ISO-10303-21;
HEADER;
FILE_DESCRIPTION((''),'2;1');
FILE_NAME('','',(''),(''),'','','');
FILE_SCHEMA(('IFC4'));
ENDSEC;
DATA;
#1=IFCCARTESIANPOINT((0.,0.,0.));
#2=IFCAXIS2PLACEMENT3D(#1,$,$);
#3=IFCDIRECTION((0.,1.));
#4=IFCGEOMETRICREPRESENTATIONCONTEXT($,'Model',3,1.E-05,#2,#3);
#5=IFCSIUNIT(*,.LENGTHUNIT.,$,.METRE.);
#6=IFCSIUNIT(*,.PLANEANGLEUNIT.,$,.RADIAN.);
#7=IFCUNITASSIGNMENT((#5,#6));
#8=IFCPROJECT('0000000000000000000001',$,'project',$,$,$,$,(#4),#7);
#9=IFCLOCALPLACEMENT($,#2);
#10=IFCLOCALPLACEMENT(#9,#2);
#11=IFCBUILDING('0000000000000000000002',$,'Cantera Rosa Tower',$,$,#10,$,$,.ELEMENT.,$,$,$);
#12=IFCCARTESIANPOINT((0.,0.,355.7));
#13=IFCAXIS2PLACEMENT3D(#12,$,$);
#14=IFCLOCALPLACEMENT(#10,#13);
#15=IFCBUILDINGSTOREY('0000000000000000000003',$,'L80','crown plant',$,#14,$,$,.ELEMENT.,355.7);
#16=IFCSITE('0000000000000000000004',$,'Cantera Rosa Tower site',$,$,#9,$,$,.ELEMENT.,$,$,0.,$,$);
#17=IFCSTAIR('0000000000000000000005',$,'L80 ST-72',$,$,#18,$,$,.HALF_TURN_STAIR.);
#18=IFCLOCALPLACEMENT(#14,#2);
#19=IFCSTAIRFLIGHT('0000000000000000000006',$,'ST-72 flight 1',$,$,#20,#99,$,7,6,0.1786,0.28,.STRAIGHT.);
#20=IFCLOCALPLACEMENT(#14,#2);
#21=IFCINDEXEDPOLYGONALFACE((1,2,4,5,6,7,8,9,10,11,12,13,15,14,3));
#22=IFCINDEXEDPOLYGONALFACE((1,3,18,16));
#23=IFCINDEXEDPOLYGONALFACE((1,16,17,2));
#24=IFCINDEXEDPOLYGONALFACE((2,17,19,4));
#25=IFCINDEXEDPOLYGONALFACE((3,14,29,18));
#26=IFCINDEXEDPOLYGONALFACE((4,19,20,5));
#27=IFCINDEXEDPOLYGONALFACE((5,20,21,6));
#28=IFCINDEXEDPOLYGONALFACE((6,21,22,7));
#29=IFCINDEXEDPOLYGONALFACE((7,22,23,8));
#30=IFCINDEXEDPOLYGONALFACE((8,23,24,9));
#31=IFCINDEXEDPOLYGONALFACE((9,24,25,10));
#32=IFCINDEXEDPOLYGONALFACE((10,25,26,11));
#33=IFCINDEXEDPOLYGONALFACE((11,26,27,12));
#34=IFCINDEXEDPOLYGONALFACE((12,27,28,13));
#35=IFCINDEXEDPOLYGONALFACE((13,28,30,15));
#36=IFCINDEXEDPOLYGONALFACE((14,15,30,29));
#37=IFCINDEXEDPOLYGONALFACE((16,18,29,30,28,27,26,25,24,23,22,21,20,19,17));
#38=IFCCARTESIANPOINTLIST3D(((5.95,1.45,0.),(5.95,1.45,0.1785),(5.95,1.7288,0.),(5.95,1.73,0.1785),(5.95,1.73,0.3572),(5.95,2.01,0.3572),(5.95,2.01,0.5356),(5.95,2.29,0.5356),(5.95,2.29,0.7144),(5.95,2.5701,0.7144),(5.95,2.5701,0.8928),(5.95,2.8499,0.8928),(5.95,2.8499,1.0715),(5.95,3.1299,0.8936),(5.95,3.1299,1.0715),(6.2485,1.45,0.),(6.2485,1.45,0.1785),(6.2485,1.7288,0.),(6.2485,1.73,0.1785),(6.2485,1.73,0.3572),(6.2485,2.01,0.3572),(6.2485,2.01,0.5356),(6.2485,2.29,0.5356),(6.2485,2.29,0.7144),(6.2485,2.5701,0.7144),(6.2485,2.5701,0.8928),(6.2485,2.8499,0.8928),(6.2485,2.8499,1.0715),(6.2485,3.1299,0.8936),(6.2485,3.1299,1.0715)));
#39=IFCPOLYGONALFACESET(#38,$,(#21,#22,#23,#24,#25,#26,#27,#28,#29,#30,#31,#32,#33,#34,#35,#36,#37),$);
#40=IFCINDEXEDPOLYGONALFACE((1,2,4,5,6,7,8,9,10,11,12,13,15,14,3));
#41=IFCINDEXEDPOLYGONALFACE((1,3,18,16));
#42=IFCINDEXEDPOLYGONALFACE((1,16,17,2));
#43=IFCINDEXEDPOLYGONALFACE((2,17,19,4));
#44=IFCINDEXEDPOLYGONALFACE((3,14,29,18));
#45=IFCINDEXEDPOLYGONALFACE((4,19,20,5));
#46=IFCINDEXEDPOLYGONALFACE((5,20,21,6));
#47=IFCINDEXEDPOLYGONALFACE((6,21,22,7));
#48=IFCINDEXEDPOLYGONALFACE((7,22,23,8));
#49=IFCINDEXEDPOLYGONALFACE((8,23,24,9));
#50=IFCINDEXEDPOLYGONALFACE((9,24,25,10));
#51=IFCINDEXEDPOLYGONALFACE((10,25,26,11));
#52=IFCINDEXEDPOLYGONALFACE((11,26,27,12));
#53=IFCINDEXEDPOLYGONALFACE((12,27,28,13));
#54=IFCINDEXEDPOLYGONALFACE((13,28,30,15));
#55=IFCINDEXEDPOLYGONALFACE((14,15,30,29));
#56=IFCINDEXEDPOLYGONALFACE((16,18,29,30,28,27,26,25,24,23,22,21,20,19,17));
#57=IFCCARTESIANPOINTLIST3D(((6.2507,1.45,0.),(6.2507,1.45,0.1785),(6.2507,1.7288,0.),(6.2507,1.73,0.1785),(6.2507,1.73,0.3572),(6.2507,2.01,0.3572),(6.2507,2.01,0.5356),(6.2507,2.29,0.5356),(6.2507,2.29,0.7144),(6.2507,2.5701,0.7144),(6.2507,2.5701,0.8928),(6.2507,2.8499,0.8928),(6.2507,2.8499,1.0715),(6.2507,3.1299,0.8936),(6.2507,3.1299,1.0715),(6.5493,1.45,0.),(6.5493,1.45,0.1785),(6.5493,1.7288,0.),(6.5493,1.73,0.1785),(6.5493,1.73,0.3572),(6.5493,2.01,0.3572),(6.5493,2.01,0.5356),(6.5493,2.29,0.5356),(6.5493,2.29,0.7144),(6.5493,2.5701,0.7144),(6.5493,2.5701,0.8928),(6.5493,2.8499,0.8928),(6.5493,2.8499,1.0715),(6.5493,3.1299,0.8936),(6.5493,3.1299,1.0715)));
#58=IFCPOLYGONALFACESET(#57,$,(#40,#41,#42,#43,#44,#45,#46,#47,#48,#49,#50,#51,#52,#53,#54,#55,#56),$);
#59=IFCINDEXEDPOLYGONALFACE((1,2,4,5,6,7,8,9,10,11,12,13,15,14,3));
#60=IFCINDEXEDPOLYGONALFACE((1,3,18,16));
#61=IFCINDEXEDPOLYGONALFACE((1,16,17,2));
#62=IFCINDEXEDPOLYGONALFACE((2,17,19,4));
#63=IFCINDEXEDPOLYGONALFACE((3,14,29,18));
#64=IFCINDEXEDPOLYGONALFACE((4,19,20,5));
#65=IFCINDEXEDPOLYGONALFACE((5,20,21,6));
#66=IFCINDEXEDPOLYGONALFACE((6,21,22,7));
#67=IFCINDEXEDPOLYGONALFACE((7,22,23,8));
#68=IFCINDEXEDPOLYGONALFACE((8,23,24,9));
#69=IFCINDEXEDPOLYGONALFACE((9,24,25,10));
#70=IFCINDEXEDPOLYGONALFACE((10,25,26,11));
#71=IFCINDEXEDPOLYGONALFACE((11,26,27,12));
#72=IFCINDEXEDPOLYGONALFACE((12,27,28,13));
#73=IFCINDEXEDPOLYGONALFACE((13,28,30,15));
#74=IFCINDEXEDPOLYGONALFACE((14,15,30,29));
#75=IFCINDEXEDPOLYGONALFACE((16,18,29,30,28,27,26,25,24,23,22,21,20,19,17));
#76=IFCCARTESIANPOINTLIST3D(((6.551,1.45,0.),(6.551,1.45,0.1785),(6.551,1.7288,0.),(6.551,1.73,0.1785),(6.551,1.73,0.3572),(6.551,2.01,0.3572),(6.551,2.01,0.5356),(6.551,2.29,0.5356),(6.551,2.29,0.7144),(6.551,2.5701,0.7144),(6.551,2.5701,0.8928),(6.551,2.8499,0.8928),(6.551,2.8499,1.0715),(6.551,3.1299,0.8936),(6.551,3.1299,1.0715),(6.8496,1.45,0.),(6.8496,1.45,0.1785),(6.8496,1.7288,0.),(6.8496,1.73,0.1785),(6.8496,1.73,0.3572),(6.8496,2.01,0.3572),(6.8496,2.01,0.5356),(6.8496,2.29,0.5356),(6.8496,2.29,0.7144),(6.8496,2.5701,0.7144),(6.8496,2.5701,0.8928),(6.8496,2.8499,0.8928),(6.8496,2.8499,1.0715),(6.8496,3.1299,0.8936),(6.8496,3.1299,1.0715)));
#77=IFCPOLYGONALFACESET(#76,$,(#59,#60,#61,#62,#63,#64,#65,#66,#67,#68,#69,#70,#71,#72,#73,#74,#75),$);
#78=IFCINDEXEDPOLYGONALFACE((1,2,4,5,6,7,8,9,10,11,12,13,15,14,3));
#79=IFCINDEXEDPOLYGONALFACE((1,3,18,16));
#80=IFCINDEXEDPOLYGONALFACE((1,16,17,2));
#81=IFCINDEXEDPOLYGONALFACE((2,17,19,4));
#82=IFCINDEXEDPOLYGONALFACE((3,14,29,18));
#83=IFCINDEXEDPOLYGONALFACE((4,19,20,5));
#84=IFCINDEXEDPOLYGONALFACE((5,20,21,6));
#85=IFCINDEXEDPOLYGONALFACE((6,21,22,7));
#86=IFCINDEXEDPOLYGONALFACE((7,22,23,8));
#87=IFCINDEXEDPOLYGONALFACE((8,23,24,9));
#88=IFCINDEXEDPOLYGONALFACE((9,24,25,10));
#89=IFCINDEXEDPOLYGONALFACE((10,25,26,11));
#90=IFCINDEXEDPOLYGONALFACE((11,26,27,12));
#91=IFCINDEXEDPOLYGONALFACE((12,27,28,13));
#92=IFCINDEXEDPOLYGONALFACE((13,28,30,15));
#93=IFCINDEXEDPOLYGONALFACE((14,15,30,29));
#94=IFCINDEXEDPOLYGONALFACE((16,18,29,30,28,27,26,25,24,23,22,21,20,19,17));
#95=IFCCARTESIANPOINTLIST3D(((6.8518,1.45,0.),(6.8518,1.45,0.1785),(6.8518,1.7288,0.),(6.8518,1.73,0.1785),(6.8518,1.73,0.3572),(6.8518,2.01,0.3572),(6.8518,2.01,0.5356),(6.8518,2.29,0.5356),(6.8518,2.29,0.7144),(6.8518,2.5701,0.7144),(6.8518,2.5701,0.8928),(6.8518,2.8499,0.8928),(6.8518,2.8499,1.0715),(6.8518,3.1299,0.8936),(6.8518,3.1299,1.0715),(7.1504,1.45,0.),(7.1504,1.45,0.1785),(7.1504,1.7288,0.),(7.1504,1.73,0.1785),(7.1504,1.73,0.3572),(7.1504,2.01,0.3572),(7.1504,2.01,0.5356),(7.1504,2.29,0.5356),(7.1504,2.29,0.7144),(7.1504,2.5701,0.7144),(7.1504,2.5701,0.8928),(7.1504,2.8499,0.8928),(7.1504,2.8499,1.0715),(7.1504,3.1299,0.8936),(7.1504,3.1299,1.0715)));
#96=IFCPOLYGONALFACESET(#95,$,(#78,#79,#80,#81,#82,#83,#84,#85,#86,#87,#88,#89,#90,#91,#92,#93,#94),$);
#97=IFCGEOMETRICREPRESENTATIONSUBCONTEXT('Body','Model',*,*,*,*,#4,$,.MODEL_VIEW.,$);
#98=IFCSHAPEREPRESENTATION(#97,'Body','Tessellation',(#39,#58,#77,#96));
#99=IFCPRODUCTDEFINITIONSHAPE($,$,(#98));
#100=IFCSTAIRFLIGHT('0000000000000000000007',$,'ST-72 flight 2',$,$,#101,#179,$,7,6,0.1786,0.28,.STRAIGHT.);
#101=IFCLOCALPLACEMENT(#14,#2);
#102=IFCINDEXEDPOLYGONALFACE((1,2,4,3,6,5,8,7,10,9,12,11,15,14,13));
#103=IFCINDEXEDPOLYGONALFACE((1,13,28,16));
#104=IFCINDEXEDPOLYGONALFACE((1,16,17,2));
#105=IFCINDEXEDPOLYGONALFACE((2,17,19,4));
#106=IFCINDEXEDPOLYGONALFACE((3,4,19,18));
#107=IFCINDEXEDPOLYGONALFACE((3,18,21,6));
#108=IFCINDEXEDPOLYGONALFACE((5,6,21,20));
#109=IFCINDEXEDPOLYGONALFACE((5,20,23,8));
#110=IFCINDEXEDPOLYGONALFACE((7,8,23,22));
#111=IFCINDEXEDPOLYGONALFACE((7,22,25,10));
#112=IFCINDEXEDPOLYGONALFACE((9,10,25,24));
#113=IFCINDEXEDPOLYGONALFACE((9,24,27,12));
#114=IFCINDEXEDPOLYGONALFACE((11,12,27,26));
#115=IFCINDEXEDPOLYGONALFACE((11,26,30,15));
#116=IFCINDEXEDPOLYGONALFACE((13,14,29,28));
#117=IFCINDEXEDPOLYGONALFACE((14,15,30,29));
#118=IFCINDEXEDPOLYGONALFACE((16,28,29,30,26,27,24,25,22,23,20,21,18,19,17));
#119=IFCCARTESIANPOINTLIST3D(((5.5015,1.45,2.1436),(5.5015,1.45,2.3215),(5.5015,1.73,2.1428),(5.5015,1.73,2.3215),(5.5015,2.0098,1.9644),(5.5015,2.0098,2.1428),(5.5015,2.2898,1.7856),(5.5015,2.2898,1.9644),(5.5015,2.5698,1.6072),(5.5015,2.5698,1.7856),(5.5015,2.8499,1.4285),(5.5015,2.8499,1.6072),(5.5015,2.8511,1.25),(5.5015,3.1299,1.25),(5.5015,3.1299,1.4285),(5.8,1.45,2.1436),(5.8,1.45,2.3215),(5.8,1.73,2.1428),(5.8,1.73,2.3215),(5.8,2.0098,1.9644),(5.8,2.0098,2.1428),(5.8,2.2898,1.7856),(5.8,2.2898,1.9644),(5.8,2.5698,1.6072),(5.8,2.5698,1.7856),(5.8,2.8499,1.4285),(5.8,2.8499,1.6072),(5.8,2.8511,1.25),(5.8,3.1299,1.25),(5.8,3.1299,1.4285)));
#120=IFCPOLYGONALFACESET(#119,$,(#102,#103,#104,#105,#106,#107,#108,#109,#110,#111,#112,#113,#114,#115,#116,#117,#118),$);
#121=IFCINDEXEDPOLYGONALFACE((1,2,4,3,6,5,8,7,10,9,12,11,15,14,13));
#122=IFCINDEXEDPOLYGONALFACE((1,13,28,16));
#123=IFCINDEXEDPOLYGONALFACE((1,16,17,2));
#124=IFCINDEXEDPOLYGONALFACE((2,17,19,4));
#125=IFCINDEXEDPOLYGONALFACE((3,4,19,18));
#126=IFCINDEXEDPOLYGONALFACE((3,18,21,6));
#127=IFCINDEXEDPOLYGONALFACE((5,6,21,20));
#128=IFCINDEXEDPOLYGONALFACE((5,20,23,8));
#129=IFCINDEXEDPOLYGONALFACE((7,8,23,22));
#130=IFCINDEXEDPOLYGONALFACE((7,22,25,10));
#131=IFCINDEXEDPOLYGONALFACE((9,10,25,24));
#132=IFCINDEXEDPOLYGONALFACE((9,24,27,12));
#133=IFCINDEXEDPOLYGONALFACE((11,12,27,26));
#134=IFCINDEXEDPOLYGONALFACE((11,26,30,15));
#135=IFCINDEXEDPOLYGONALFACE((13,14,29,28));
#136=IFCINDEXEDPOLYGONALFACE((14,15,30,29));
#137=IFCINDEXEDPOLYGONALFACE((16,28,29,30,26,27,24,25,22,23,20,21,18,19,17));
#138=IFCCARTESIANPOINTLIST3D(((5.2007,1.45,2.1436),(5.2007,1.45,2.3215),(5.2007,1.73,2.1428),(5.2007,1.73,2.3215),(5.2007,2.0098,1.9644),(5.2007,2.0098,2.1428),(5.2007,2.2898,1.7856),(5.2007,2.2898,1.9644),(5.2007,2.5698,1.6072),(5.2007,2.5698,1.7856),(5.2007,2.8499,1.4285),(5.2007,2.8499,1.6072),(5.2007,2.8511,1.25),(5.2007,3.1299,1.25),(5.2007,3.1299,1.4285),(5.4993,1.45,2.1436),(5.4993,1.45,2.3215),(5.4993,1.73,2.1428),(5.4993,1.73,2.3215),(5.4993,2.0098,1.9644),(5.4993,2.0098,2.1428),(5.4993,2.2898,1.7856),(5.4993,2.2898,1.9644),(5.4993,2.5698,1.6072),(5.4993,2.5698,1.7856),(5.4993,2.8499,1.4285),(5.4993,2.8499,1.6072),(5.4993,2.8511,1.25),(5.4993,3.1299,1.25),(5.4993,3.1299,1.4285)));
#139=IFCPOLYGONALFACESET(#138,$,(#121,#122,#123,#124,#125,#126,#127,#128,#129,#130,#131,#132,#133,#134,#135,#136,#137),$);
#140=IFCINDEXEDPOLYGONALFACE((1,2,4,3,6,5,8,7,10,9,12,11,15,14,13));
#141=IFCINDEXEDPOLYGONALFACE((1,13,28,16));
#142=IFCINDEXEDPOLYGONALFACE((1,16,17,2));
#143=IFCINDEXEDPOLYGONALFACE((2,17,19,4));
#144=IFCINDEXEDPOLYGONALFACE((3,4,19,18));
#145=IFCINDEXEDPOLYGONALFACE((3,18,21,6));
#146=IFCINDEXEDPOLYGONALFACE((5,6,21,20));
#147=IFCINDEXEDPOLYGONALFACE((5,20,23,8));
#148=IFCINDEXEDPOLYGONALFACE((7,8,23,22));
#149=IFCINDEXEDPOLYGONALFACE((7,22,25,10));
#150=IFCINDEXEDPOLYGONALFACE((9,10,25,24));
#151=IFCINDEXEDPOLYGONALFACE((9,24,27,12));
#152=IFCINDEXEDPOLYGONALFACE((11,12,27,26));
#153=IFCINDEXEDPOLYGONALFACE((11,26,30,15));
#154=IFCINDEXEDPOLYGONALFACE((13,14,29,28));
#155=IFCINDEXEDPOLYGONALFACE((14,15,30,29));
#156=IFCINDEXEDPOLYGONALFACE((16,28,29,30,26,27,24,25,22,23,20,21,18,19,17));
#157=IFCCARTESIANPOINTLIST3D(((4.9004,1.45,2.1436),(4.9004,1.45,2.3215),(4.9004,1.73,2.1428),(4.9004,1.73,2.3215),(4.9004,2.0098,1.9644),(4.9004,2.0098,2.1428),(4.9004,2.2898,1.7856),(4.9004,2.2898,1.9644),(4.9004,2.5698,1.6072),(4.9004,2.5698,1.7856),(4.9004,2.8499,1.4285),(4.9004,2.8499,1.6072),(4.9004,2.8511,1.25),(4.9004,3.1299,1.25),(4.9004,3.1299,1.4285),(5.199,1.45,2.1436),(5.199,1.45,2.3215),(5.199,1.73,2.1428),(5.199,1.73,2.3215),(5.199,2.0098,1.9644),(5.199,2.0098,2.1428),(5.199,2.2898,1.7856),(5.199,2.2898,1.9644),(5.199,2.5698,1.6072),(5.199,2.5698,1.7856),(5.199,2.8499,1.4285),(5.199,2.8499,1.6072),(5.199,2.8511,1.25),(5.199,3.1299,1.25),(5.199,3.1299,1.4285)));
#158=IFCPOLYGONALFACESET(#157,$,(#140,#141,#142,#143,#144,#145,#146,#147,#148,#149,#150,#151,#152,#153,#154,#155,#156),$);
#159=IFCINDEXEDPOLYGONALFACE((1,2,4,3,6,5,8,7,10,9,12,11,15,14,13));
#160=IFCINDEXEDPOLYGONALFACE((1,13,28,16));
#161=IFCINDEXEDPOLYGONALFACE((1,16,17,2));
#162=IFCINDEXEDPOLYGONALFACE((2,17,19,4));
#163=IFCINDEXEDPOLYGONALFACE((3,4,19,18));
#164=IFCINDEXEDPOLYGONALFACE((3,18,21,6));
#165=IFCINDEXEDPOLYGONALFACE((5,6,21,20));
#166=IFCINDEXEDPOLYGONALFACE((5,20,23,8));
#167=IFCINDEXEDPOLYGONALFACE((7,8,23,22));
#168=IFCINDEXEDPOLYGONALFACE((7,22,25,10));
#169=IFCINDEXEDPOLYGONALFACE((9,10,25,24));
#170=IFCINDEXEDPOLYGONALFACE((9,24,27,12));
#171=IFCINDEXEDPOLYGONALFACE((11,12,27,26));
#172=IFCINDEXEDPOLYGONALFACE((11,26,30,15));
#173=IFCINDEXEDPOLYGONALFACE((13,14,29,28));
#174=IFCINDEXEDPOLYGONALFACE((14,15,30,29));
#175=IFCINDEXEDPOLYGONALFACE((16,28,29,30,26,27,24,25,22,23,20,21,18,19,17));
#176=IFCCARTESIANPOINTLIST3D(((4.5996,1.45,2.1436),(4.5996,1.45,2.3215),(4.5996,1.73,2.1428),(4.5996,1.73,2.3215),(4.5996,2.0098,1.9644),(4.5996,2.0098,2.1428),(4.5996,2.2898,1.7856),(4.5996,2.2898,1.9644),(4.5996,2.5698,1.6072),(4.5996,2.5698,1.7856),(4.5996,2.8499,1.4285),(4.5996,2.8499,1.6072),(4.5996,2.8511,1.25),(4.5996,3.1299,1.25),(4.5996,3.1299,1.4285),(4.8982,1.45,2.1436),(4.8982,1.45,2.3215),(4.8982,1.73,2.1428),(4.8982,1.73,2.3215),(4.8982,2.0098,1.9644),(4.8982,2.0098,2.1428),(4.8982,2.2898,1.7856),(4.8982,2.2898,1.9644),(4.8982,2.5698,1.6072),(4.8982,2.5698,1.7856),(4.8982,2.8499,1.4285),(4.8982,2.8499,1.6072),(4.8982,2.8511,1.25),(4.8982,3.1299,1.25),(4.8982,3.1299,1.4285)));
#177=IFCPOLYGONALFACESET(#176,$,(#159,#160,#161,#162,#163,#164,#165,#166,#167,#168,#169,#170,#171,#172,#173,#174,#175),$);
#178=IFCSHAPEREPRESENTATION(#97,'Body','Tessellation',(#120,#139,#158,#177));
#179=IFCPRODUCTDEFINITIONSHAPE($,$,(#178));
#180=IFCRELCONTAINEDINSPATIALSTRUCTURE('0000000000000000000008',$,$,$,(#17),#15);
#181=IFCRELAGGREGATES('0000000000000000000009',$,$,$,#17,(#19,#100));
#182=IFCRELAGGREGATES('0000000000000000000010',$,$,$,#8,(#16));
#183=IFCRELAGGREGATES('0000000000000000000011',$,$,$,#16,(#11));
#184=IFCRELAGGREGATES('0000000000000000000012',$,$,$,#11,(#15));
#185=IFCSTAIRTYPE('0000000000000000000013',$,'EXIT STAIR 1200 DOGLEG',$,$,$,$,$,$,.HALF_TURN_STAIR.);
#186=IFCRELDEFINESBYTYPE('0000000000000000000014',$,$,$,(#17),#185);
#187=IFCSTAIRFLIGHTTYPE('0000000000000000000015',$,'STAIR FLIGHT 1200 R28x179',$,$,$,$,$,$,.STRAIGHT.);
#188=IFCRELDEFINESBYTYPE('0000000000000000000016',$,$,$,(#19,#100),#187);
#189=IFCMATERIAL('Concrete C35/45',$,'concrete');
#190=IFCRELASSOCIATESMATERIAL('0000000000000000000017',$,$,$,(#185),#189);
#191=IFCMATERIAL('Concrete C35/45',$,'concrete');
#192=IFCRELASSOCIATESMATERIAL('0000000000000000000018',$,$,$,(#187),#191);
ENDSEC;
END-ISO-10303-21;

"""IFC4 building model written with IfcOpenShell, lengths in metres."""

from ifc_helpers import new_model, si_unit, direction, frame, origin, place, context, subcontext, project, spatial, polyline, outline, extrude, material, type_object, element, aggregate, save


model = new_model("IFC4")

# Units and contexts
model_context = context("Model", 3, precision=1e-05, world=origin(), true_north=direction((0.0, 1.0)))
body_context = subcontext(model_context, "Body", "Model", "MODEL_VIEW")
ifc_project = project(units=[si_unit("LENGTHUNIT", "METRE"), si_unit("PLANEANGLEUNIT", "RADIAN")], contexts=[model_context])

# Site, building, storey
site_placement = place(None, origin())
site = spatial("IfcSite", under=ifc_project, at=site_placement, Name="Cantera Rosa Tower site", CompositionType="ELEMENT", RefElevation=0.0)
building_placement = place(site_placement, origin())
building = spatial("IfcBuilding", under=site, at=building_placement, Name="Cantera Rosa Tower", CompositionType="ELEMENT")
storey_placement = place(building_placement, frame((0.0, 0.0, 355.7)))
storey = spatial("IfcBuildingStorey", under=building, at=storey_placement, Name="L80", Description="crown plant", CompositionType="ELEMENT", Elevation=355.7)

# Stair, stair flights
ifc_material_1 = material(Name="Concrete C35/45", Category="concrete")
stair_type = type_object("IfcStairType", Name="EXIT STAIR 1200 DOGLEG", PredefinedType="HALF_TURN_STAIR", material=ifc_material_1)
stair_placement = place(storey_placement, origin())
stair = element("IfcStair", 1, at=stair_placement, inside=storey, type_object=stair_type, Name="L80 ST-72", PredefinedType="HALF_TURN_STAIR")
ifc_material_2 = material(Name="Concrete C35/45", Category="concrete")
stair_flight_type = type_object("IfcStairFlightType", Name="STAIR FLIGHT 1200 R28x179", PredefinedType="STRAIGHT", material=ifc_material_2)
stair_flight_1_placement = place(storey_placement, frame((6.55, 1.45, 0.0), z_axis=(0.0, 0.0, 1.0), x_axis=(0.0, 1.0, 0.0)))
stair_flight_1 = element("IfcStairFlight", 2, at=stair_flight_1_placement, type_object=stair_flight_type, Name="ST-72 flight 1", NumberOfRisers=7, NumberOfTreads=6, PredefinedType="STRAIGHT", RiserHeight=0.1786, TreadLength=0.28, context=body_context, shape_type="SweptSolid", body=[
    extrude(outline(polyline([(0.0, 0.0), (0.0, 0.1785), (0.28, 0.1785), (0.28, 0.3572), (0.5601, 0.3572), (0.5601, 0.5356), (0.8401, 0.5356), (0.8401, 0.7144), (1.1201, 0.7144), (1.1201, 0.8928), (1.3999, 0.8928), (1.3999, 1.0715), (1.6799, 1.0715), (1.6799, 1.25), (1.6799, 0.8936), (0.2788, 0.0), (0.0, 0.0)])), frame((0.0, 0.6001, 0.0), z_axis=(0.0, -1.0, 0.0), x_axis=(1.0, 0.0, 0.0)), (0.0, 0.0, 1.0), 0.2986),
    extrude(outline(polyline([(0.0, 0.0), (0.0, 0.1785), (0.28, 0.1785), (0.28, 0.3572), (0.5601, 0.3572), (0.5601, 0.5356), (0.8401, 0.5356), (0.8401, 0.7144), (1.1201, 0.7144), (1.1201, 0.8928), (1.3999, 0.8928), (1.3999, 1.0715), (1.6799, 1.0715), (1.6799, 1.25), (1.6799, 0.8936), (0.2788, 0.0), (0.0, 0.0)])), frame((0.0, 0.2993, 0.0), z_axis=(0.0, -1.0, 0.0), x_axis=(1.0, 0.0, 0.0)), (0.0, 0.0, 1.0), 0.2986),
    extrude(outline(polyline([(0.0, 0.0), (0.0, 0.1785), (0.28, 0.1785), (0.28, 0.3572), (0.5601, 0.3572), (0.5601, 0.5356), (0.8401, 0.5356), (0.8401, 0.7144), (1.1201, 0.7144), (1.1201, 0.8928), (1.3999, 0.8928), (1.3999, 1.0715), (1.6799, 1.0715), (1.6799, 1.25), (1.6799, 0.8936), (0.2788, 0.0), (0.0, 0.0)])), frame((0.0, -0.001, 0.0), z_axis=(0.0, -1.0, 0.0), x_axis=(1.0, 0.0, 0.0)), (0.0, 0.0, 1.0), 0.2986),
    extrude(outline(polyline([(0.0, 0.0), (0.0, 0.1785), (0.28, 0.1785), (0.28, 0.3572), (0.5601, 0.3572), (0.5601, 0.5356), (0.8401, 0.5356), (0.8401, 0.7144), (1.1201, 0.7144), (1.1201, 0.8928), (1.3999, 0.8928), (1.3999, 1.0715), (1.6799, 1.0715), (1.6799, 1.25), (1.6799, 0.8936), (0.2788, 0.0), (0.0, 0.0)])), frame((0.0, -0.3018, 0.0), z_axis=(0.0, -1.0, 0.0), x_axis=(1.0, 0.0, 0.0)), (0.0, 0.0, 1.0), 0.2986),
])
stair_flight_2_placement = place(storey_placement, frame((5.2, 3.1299, 1.25), z_axis=(0.0, 0.0, 1.0), x_axis=(0.0, -1.0, 0.0)))
stair_flight_2 = element("IfcStairFlight", 3, at=stair_flight_2_placement, type_object=stair_flight_type, Name="ST-72 flight 2", NumberOfRisers=7, NumberOfTreads=6, PredefinedType="STRAIGHT", RiserHeight=0.1786, TreadLength=0.28, context=body_context, shape_type="SweptSolid", body=[
    extrude(outline(polyline([(0.0, 0.0), (0.0, 0.1785), (0.28, 0.1785), (0.28, 0.3572), (0.5601, 0.3572), (0.5601, 0.5356), (0.8401, 0.5356), (0.8401, 0.7144), (1.1201, 0.7144), (1.1201, 0.8928), (1.3999, 0.8928), (1.3999, 1.0715), (1.6799, 1.0715), (1.6799, 1.25), (1.6799, 0.8936), (0.2788, 0.0), (0.0, 0.0)])), frame((0.0, 0.6001, 0.0), z_axis=(0.0, -1.0, 0.0), x_axis=(1.0, 0.0, 0.0)), (0.0, 0.0, 1.0), 0.2986),
    extrude(outline(polyline([(0.0, 0.0), (0.0, 0.1785), (0.28, 0.1785), (0.28, 0.3572), (0.5601, 0.3572), (0.5601, 0.5356), (0.8401, 0.5356), (0.8401, 0.7144), (1.1201, 0.7144), (1.1201, 0.8928), (1.3999, 0.8928), (1.3999, 1.0715), (1.6799, 1.0715), (1.6799, 1.25), (1.6799, 0.8936), (0.2788, 0.0), (0.0, 0.0)])), frame((0.0, 0.2993, 0.0), z_axis=(0.0, -1.0, 0.0), x_axis=(1.0, 0.0, 0.0)), (0.0, 0.0, 1.0), 0.2986),
    extrude(outline(polyline([(0.0, 0.0), (0.0, 0.1785), (0.28, 0.1785), (0.28, 0.3572), (0.5601, 0.3572), (0.5601, 0.5356), (0.8401, 0.5356), (0.8401, 0.7144), (1.1201, 0.7144), (1.1201, 0.8928), (1.3999, 0.8928), (1.3999, 1.0715), (1.6799, 1.0715), (1.6799, 1.25), (1.6799, 0.8936), (0.2788, 0.0), (0.0, 0.0)])), frame((0.0, -0.001, 0.0), z_axis=(0.0, -1.0, 0.0), x_axis=(1.0, 0.0, 0.0)), (0.0, 0.0, 1.0), 0.2986),
    extrude(outline(polyline([(0.0, 0.0), (0.0, 0.1785), (0.28, 0.1785), (0.28, 0.3572), (0.5601, 0.3572), (0.5601, 0.5356), (0.8401, 0.5356), (0.8401, 0.7144), (1.1201, 0.7144), (1.1201, 0.8928), (1.3999, 0.8928), (1.3999, 1.0715), (1.6799, 1.0715), (1.6799, 1.25), (1.6799, 0.8936), (0.2788, 0.0), (0.0, 0.0)])), frame((0.0, -0.3018, 0.0), z_axis=(0.0, -1.0, 0.0), x_axis=(1.0, 0.0, 0.0)), (0.0, 0.0, 1.0), 0.2986),
])
aggregate(stair, [stair_flight_1, stair_flight_2])

save(model, "model.ifc")
